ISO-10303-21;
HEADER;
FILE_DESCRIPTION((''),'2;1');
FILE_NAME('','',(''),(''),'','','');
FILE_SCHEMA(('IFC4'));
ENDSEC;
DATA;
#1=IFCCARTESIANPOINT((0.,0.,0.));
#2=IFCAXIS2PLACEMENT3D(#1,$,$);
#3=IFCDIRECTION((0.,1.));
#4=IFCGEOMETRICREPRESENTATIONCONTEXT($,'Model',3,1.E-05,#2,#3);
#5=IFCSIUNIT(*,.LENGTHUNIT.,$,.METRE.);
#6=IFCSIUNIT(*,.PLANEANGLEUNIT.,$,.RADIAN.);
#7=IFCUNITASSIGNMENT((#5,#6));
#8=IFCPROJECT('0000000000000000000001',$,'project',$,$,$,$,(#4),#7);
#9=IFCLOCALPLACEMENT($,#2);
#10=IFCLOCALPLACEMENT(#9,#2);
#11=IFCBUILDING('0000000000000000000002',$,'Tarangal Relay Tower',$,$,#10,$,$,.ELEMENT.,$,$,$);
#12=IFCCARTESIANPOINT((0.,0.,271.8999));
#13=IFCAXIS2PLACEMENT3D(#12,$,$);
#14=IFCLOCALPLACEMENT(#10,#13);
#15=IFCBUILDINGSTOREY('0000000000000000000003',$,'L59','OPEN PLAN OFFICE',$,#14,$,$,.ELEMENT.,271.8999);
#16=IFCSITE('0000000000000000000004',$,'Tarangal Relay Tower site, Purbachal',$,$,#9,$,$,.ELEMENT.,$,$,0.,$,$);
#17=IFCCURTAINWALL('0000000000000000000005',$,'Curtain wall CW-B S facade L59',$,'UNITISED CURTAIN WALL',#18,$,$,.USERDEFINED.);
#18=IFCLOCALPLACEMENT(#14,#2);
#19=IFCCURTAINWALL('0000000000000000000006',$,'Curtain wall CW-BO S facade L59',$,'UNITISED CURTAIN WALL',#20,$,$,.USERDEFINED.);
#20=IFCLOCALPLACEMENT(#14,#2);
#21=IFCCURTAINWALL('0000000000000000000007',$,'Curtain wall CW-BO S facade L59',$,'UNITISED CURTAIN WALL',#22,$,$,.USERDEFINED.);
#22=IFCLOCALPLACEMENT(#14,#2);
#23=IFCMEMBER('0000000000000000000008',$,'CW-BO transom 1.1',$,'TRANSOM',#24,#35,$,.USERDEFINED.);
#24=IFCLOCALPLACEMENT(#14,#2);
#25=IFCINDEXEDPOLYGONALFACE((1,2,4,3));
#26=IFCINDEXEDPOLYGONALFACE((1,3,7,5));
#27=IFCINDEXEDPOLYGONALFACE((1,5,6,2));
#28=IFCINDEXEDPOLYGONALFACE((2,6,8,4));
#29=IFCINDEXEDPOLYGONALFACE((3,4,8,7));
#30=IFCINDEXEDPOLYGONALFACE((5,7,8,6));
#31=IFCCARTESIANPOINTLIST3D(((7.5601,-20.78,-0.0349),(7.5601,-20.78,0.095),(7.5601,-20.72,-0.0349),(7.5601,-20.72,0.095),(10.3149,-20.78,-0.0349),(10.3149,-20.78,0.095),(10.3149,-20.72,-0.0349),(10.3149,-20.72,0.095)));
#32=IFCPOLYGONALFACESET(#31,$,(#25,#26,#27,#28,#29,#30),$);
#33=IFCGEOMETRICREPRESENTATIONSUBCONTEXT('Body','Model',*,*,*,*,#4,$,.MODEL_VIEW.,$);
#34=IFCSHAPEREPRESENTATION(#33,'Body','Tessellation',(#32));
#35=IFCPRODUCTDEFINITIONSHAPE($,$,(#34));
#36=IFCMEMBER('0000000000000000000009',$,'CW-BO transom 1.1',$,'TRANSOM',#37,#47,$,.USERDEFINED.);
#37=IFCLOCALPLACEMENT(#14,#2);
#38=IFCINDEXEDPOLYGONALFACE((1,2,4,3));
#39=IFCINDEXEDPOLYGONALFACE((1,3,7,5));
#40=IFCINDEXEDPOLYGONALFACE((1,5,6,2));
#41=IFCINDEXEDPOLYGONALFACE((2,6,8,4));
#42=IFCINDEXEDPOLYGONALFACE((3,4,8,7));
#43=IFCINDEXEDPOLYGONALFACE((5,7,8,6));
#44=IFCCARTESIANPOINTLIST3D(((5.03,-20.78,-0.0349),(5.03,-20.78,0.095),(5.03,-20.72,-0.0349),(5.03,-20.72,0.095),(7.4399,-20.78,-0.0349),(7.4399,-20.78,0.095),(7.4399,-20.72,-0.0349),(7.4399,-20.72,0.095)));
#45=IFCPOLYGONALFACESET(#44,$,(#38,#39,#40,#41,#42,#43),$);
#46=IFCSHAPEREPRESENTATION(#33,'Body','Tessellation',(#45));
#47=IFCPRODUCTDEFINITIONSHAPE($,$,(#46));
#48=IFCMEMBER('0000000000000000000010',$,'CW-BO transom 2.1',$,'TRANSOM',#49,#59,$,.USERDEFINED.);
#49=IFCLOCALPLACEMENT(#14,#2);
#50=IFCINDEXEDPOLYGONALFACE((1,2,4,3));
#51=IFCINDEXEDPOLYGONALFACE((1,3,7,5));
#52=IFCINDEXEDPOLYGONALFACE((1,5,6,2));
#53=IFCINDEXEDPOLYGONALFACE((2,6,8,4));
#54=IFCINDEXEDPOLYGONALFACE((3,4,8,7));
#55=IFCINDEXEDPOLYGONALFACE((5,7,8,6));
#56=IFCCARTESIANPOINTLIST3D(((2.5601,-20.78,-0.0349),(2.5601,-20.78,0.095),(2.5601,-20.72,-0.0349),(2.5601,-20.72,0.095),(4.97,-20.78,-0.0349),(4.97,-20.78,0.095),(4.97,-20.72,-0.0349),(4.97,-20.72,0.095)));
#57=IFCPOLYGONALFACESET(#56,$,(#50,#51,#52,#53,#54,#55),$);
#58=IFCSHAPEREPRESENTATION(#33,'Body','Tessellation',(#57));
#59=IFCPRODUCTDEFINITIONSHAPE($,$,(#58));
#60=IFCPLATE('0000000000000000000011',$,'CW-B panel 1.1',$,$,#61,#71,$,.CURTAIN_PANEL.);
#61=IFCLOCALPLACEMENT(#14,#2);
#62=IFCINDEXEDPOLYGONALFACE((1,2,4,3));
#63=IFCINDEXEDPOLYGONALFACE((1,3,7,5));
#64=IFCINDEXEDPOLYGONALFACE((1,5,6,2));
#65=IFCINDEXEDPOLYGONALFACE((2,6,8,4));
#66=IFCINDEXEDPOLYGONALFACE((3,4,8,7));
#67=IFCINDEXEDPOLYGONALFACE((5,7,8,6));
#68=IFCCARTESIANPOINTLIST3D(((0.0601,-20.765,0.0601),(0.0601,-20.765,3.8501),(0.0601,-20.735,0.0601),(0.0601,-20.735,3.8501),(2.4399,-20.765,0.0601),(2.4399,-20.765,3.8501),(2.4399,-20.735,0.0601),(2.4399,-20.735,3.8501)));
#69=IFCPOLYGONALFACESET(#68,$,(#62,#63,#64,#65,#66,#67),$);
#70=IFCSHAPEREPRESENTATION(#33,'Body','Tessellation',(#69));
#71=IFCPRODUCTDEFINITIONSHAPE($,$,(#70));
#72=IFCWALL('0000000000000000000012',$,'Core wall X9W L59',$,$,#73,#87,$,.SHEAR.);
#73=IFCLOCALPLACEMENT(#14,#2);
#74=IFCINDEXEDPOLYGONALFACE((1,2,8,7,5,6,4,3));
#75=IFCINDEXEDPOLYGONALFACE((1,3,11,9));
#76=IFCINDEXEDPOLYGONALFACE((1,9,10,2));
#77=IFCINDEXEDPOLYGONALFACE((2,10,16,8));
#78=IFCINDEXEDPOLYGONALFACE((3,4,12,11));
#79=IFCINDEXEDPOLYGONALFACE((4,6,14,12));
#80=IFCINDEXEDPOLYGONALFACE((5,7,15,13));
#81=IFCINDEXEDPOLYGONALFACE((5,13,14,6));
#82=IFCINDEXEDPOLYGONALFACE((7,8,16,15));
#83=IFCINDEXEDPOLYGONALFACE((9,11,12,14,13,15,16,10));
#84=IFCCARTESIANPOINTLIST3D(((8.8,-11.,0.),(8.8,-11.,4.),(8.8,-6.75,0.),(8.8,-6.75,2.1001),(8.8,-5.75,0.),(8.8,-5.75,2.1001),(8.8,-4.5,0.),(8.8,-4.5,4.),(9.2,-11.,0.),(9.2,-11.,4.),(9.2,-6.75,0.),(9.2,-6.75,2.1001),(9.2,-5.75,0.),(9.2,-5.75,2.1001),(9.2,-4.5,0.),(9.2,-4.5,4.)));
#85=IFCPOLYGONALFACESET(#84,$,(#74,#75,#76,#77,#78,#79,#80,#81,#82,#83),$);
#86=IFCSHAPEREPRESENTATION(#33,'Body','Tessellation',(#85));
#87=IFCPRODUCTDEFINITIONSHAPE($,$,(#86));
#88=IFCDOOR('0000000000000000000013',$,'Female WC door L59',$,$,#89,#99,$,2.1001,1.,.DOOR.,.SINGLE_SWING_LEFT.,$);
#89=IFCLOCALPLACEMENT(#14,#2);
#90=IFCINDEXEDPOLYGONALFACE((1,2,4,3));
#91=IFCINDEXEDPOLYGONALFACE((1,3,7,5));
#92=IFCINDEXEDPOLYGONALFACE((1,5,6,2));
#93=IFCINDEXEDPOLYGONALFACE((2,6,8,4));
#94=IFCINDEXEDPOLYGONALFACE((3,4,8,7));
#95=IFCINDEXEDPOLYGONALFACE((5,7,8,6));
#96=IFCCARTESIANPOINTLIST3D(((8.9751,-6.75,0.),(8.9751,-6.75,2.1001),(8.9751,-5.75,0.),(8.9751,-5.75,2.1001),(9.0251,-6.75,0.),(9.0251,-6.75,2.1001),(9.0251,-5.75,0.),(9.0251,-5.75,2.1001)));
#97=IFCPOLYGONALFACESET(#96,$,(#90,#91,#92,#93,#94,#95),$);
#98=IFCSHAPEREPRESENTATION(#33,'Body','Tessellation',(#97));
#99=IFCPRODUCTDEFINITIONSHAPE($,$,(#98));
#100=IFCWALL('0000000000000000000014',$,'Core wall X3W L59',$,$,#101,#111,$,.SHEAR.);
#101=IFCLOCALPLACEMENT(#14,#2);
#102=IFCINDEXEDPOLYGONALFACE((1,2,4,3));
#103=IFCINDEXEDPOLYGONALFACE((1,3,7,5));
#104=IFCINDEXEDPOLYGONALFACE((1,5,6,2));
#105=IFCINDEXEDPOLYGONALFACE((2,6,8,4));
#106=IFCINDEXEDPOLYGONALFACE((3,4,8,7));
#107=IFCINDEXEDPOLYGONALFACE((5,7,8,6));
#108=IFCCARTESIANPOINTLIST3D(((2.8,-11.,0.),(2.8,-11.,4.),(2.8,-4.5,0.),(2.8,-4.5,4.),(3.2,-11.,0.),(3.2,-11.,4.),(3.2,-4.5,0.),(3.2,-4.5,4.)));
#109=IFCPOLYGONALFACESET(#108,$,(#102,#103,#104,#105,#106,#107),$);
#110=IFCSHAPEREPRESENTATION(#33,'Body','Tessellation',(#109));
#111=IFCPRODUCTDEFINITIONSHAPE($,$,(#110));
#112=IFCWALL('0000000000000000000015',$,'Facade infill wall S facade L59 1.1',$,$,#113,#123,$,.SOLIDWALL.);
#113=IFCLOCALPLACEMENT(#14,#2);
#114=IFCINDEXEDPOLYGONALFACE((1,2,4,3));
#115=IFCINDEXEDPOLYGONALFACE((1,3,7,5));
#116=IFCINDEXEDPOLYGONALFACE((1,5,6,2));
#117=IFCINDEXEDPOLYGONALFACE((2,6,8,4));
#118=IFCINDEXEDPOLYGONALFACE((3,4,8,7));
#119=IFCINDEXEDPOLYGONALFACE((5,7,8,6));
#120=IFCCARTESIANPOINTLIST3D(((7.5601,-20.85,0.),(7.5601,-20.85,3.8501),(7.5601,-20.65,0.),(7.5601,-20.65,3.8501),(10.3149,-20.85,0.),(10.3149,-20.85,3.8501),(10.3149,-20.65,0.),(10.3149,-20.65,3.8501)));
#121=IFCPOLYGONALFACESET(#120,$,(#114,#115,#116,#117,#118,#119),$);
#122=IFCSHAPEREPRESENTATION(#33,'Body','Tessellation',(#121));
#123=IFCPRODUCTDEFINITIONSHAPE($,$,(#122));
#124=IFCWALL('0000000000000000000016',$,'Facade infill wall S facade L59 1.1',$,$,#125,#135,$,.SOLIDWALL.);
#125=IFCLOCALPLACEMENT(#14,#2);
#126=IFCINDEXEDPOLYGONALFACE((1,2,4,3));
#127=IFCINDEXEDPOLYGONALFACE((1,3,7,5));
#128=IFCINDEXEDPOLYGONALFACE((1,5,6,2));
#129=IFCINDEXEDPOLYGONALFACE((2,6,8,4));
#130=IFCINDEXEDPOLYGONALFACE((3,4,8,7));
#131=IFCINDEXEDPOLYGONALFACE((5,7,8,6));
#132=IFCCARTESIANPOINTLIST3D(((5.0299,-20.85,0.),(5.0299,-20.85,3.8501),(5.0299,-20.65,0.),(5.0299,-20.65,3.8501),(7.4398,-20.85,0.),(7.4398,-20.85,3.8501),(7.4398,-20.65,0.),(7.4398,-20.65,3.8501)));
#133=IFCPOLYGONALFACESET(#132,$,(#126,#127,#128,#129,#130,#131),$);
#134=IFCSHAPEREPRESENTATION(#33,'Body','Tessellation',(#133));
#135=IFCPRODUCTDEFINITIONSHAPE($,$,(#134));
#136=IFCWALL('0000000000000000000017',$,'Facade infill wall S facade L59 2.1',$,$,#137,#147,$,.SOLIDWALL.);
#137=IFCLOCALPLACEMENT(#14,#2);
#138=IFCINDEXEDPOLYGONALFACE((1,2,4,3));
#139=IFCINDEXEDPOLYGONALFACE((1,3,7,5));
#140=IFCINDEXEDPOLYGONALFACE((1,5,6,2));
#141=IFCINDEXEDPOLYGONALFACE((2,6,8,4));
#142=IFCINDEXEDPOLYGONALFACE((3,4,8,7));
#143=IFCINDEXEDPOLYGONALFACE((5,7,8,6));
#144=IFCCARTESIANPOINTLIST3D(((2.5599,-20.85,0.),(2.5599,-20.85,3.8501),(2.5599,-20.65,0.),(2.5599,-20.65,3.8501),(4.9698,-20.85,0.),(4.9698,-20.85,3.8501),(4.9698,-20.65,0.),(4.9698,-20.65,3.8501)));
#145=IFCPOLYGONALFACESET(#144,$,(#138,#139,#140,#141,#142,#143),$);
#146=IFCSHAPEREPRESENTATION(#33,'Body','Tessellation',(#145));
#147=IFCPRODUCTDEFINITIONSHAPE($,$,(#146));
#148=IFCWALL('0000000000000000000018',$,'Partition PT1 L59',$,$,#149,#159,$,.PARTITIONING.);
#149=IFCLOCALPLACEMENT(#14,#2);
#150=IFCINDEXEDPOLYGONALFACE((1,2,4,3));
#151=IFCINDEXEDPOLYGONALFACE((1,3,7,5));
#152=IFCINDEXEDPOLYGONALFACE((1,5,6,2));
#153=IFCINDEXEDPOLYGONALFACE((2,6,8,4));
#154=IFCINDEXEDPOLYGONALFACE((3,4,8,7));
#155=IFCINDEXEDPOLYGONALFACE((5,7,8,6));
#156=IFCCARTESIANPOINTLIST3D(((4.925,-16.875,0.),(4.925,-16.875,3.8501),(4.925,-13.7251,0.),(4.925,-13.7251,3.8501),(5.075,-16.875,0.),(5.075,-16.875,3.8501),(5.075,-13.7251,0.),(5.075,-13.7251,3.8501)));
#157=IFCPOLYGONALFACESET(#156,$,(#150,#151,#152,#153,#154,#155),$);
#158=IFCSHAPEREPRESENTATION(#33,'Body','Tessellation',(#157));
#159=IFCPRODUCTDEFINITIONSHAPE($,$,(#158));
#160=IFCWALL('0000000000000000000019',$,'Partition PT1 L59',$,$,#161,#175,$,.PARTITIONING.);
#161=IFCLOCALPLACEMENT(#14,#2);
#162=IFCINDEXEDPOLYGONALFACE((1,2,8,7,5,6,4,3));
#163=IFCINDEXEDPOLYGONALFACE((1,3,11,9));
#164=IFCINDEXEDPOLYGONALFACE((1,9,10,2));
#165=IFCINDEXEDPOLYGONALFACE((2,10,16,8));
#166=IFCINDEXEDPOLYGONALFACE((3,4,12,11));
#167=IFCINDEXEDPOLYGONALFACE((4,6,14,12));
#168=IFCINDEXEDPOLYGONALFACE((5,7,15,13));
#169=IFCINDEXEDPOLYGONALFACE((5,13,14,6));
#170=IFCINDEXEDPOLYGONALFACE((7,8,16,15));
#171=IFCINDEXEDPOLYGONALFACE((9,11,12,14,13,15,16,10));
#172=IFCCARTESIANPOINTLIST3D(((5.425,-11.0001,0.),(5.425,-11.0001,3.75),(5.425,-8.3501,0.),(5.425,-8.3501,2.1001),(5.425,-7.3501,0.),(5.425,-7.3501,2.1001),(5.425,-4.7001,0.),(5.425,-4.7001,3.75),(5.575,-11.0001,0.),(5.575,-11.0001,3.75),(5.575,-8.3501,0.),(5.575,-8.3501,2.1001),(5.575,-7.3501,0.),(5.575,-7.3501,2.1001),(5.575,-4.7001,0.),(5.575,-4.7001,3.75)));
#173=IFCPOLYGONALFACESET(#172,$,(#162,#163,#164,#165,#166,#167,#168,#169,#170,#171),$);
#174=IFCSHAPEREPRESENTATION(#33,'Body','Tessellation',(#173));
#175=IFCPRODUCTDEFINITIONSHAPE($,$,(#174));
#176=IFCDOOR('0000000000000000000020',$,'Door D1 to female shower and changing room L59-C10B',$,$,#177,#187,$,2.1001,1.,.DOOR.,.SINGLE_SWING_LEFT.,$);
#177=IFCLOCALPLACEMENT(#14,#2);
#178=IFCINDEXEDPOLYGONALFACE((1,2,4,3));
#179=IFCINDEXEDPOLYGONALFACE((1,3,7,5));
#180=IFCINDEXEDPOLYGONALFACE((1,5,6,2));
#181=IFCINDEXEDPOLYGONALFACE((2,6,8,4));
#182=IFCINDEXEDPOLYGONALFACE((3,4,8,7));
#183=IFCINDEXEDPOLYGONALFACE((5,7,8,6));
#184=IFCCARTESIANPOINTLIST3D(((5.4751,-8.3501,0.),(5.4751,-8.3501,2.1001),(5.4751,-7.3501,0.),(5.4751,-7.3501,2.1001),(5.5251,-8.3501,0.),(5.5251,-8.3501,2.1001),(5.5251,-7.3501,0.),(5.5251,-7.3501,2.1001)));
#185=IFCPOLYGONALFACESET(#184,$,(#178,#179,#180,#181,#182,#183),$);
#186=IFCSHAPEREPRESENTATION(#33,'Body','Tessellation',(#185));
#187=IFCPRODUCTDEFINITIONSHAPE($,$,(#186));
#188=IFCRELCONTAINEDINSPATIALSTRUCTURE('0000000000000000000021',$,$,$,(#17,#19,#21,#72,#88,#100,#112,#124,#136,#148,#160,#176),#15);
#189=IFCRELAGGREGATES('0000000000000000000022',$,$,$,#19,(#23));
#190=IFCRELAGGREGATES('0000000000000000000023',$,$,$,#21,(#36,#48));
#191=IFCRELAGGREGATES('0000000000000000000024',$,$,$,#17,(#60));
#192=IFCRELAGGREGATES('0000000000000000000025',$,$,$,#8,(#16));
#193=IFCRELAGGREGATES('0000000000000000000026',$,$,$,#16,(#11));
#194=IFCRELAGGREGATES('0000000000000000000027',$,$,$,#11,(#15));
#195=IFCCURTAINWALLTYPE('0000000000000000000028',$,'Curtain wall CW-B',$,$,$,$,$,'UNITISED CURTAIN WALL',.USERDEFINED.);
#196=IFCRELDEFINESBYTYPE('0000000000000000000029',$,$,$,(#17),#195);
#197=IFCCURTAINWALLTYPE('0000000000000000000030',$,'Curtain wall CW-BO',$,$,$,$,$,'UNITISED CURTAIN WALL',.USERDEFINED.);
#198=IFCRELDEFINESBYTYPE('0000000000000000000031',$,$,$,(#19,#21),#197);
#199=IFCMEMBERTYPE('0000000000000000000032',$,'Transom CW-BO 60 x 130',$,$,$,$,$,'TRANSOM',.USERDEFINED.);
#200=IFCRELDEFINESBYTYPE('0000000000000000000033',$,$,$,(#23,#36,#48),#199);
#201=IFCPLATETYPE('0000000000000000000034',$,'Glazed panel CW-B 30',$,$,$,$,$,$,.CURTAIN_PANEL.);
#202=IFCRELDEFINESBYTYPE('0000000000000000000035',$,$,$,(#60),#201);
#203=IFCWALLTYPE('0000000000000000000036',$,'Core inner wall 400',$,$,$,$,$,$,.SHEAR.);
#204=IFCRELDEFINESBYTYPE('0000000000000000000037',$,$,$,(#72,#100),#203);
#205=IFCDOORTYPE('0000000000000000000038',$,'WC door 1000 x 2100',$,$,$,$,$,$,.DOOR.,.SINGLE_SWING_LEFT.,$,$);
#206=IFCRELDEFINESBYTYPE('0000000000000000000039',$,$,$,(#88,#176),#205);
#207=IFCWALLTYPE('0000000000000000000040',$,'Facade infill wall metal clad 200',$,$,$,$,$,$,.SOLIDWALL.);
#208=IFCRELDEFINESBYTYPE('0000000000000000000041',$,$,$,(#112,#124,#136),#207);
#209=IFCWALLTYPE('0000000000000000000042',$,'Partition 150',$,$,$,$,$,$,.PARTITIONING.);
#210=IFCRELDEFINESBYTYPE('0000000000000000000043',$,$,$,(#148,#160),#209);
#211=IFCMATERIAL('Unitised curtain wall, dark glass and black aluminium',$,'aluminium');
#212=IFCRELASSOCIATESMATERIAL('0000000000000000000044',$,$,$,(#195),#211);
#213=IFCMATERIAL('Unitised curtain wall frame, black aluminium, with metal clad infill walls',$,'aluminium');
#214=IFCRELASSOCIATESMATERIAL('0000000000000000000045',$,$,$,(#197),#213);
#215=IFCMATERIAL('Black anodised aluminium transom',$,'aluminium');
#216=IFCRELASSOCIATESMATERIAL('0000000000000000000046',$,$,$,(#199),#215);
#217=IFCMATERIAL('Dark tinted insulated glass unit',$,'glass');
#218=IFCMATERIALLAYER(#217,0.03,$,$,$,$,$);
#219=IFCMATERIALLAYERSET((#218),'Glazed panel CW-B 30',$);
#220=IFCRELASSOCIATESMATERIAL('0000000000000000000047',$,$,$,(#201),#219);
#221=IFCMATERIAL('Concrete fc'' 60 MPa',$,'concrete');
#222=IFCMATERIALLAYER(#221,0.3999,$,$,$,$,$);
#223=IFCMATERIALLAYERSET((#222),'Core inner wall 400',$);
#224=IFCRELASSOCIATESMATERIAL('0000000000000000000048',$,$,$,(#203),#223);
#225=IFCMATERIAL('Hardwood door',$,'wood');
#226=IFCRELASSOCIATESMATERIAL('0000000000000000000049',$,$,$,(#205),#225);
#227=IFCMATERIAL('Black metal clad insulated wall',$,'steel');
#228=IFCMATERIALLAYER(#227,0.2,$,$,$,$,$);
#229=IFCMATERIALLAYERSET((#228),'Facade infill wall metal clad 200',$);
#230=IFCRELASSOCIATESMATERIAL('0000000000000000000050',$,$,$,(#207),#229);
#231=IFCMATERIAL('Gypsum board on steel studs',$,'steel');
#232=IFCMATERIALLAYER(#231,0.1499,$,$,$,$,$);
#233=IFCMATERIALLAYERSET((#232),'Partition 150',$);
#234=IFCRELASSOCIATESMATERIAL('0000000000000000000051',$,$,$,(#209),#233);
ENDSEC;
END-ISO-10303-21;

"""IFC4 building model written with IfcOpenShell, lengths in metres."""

from ifc_helpers import new_model, si_unit, direction, frame, frame_2d, origin, origin_2d, place, context, subcontext, project, spatial, rectangle, extrude, material, layer, layer_set, material_profile, profile_set, type_object, element, fill, aggregate, save


model = new_model("IFC4")

# Units and contexts
model_context = context("Model", 3, precision=1e-05, world=origin(), true_north=direction((0.0, 1.0)))
body_context = subcontext(model_context, "Body", "Model", "MODEL_VIEW")
ifc_project = project(units=[si_unit("LENGTHUNIT", "METRE"), si_unit("PLANEANGLEUNIT", "RADIAN")], contexts=[model_context])

# Site, building, storey
site_placement = place(None, origin())
site = spatial("IfcSite", under=ifc_project, at=site_placement, Name="Tarangal Relay Tower site, Purbachal", CompositionType="ELEMENT", RefElevation=0.0)
building_placement = place(site_placement, origin())
building = spatial("IfcBuilding", under=site, at=building_placement, Name="Tarangal Relay Tower", CompositionType="ELEMENT")
storey_placement = place(building_placement, frame((0.0, 0.0, 271.8999)))
storey = spatial("IfcBuildingStorey", under=building, at=storey_placement, Name="L59", Description="OPEN PLAN OFFICE", CompositionType="ELEMENT", Elevation=271.8999)

# Curtain wall
ifc_material_1 = material(Name="Unitised curtain wall, dark glass and black aluminium", Category="aluminium")
curtain_wall_type_1 = type_object("IfcCurtainWallType", Name="Curtain wall CW-B", ElementType="UNITISED CURTAIN WALL", PredefinedType="USERDEFINED", material=ifc_material_1)
curtain_wall_1_placement = place(storey_placement, origin())
curtain_wall_1 = element("IfcCurtainWall", 1, at=curtain_wall_1_placement, inside=storey, type_object=curtain_wall_type_1, Name="Curtain wall CW-B S facade L59", ObjectType="UNITISED CURTAIN WALL", PredefinedType="USERDEFINED")

# Curtain wall
ifc_material_2 = material(Name="Unitised curtain wall frame, black aluminium, with metal clad infill walls", Category="aluminium")
curtain_wall_type_2 = type_object("IfcCurtainWallType", Name="Curtain wall CW-BO", ElementType="UNITISED CURTAIN WALL", PredefinedType="USERDEFINED", material=ifc_material_2)
curtain_wall_2_placement = place(storey_placement, origin())
curtain_wall_2 = element("IfcCurtainWall", 2, at=curtain_wall_2_placement, inside=storey, type_object=curtain_wall_type_2, Name="Curtain wall CW-BO S facade L59", ObjectType="UNITISED CURTAIN WALL", PredefinedType="USERDEFINED")

# Curtain wall
curtain_wall_3_placement = place(storey_placement, origin())
curtain_wall_3 = element("IfcCurtainWall", 3, at=curtain_wall_3_placement, inside=storey, type_object=curtain_wall_type_2, Name="Curtain wall CW-BO S facade L59", ObjectType="UNITISED CURTAIN WALL", PredefinedType="USERDEFINED")

# Members
ifc_material_3 = material(Name="Black anodised aluminium transom", Category="aluminium")
ifc_material_profile_1 = material_profile(ifc_material_3, rectangle(XDim=0.0601, YDim=0.1299, at=origin_2d()), Name="CW-BOT 60X130")
ifc_profile_set_1 = profile_set([ifc_material_profile_1], Name="Black anodised aluminium transom")
member_type_1 = type_object("IfcMemberType", Name="Transom CW-BO 60 x 130", ElementType="TRANSOM", PredefinedType="USERDEFINED", material=ifc_profile_set_1)
member_1_placement = place(storey_placement, frame((10.3149, -20.75, 0.03), z_axis=(-1.0, 0.0, 0.0), x_axis=(0.0, -1.0, 0.0)))
member_1 = element("IfcMember", 4, at=member_1_placement, type_object=member_type_1, Name="CW-BO transom 1.1", ObjectType="TRANSOM", PredefinedType="USERDEFINED", context=body_context, shape_type="SweptSolid", body=[
    extrude(rectangle(XDim=0.0601, YDim=0.1299, at=origin_2d()), origin(), (0.0, 0.0, 1.0), 2.7549),
])
aggregate(curtain_wall_2, [member_1])
member_2_placement = place(storey_placement, frame((7.4399, -20.75, 0.03), z_axis=(-1.0, 0.0, 0.0), x_axis=(0.0, -1.0, 0.0)))
member_2 = element("IfcMember", 5, at=member_2_placement, type_object=member_type_1, Name="CW-BO transom 1.1", ObjectType="TRANSOM", PredefinedType="USERDEFINED", context=body_context, shape_type="SweptSolid", body=[
    extrude(rectangle(XDim=0.0601, YDim=0.1299, at=origin_2d()), origin(), (0.0, 0.0, 1.0), 2.4099),
])
member_3_placement = place(storey_placement, frame((4.97, -20.75, 0.03), z_axis=(-1.0, 0.0, 0.0), x_axis=(0.0, -1.0, 0.0)))
member_3 = element("IfcMember", 6, at=member_3_placement, type_object=member_type_1, Name="CW-BO transom 2.1", ObjectType="TRANSOM", PredefinedType="USERDEFINED", context=body_context, shape_type="SweptSolid", body=[
    extrude(rectangle(XDim=0.0601, YDim=0.1299, at=origin_2d()), origin(), (0.0, 0.0, 1.0), 2.4099),
])
aggregate(curtain_wall_3, [member_2, member_3])

# Plate
ifc_material_4 = material(Name="Dark tinted insulated glass unit", Category="glass")
ifc_layer_1 = layer(ifc_material_4, 0.03)
ifc_layer_set_1 = layer_set([ifc_layer_1], Name="Glazed panel CW-B 30")
plate_type = type_object("IfcPlateType", Name="Glazed panel CW-B 30", PredefinedType="CURTAIN_PANEL", material=ifc_layer_set_1)
plate_placement = place(storey_placement, frame((1.25, -20.75, 0.0601), z_axis=(0.0, 0.0, 1.0), x_axis=(-1.0, 0.0, 0.0)))
plate = element("IfcPlate", 7, at=plate_placement, type_object=plate_type, Name="CW-B panel 1.1", PredefinedType="CURTAIN_PANEL", context=body_context, shape_type="SweptSolid", body=[
    extrude(rectangle(XDim=2.3799, YDim=0.03, at=origin_2d()), origin(), (0.0, 0.0, 1.0), 3.79),
])
aggregate(curtain_wall_1, [plate])

# Wall, opening, door
ifc_material_5 = material(Name="Concrete fc' 60 MPa", Category="concrete")
ifc_layer_2 = layer(ifc_material_5, 0.3999)
ifc_layer_set_2 = layer_set([ifc_layer_2], Name="Core inner wall 400")
wall_type_1 = type_object("IfcWallType", Name="Core inner wall 400", PredefinedType="SHEAR", material=ifc_layer_set_2)
wall_1_placement = place(storey_placement, frame((9.0, -11.0, 0.0), z_axis=(0.0, 0.0, 1.0), x_axis=(0.0, 1.0, 0.0)))
wall_1 = element("IfcWall", 8, at=wall_1_placement, inside=storey, type_object=wall_type_1, Name="Core wall X9W L59", PredefinedType="SHEAR", context=body_context, shape_type="SweptSolid", body=[
    extrude(rectangle(XDim=6.5, YDim=0.3999, at=frame_2d((3.25, 0.0))), origin(), (0.0, 0.0, 1.0), 4.0),
])
opening_1_placement = place(wall_1_placement, frame((4.25, 0.0, 0.0)))
opening_1 = element("IfcOpeningElement", 9, at=opening_1_placement, cuts=wall_1, PredefinedType="OPENING", context=body_context, shape_type="SweptSolid", body=[
    extrude(rectangle(XDim=1.0, YDim=2.1001, at=frame_2d((0.5, 1.05))), frame((0.0, 0.21, 0.0), z_axis=(0.0, -1.0, 0.0), x_axis=(1.0, 0.0, 0.0)), (0.0, 0.0, 1.0), 0.4199),
])
ifc_material_6 = material(Name="Hardwood door", Category="wood")
door_type = type_object("IfcDoorType", Name="WC door 1000 x 2100", OperationType="SINGLE_SWING_LEFT", PredefinedType="DOOR", material=ifc_material_6)
door_1_placement = place(opening_1_placement, origin())
door_1 = element("IfcDoor", 10, at=door_1_placement, inside=storey, type_object=door_type, Name="Female WC door L59", OperationType="SINGLE_SWING_LEFT", OverallHeight=2.1001, OverallWidth=1.0, PredefinedType="DOOR", context=body_context, shape_type="SweptSolid", body=[
    extrude(rectangle(XDim=1.0, YDim=2.1001, at=frame_2d((0.5, 1.05))), frame((0.0, 0.0249, 0.0), z_axis=(0.0, -1.0, 0.0), x_axis=(1.0, 0.0, 0.0)), (0.0, 0.0, 1.0), 0.05),
])
fill(opening_1, door_1)

# Walls
wall_2_placement = place(storey_placement, frame((3.0, -11.0, 0.0), z_axis=(0.0, 0.0, 1.0), x_axis=(0.0, 1.0, 0.0)))
element("IfcWall", 11, at=wall_2_placement, inside=storey, type_object=wall_type_1, Name="Core wall X3W L59", PredefinedType="SHEAR", context=body_context, shape_type="SweptSolid", body=[
    extrude(rectangle(XDim=6.5, YDim=0.3999, at=frame_2d((3.25, 0.0))), origin(), (0.0, 0.0, 1.0), 4.0),
])
ifc_material_7 = material(Name="Black metal clad insulated wall", Category="steel")
ifc_layer_3 = layer(ifc_material_7, 0.2)
ifc_layer_set_3 = layer_set([ifc_layer_3], Name="Facade infill wall metal clad 200")
wall_type_2 = type_object("IfcWallType", Name="Facade infill wall metal clad 200", PredefinedType="SOLIDWALL", material=ifc_layer_set_3)
wall_3_placement = place(storey_placement, frame((10.3149, -20.75, 0.0), z_axis=(0.0, 0.0, 1.0), x_axis=(-1.0, 0.0, 0.0)))
element("IfcWall", 12, at=wall_3_placement, inside=storey, type_object=wall_type_2, Name="Facade infill wall S facade L59 1.1", PredefinedType="SOLIDWALL", context=body_context, shape_type="SweptSolid", body=[
    extrude(rectangle(XDim=2.7549, YDim=0.2, at=frame_2d((1.3774, 0.0))), origin(), (0.0, 0.0, 1.0), 3.8501),
])
for number, where, z_axis, x_axis, name in (
    (13, (7.4399, -20.75, 0.0), (0.0, 0.0, 1.0), (-1.0, 0.0, 0.0), "Facade infill wall S facade L59 1.1"),
    (14, (4.97, -20.75, 0.0), (0.0, 0.0, 1.0), (-1.0, 0.0, 0.0), "Facade infill wall S facade L59 2.1"),
):
    element("IfcWall", number, at=place(storey_placement, frame(where, z_axis=z_axis, x_axis=x_axis)), inside=storey, type_object=wall_type_2, Name=name, PredefinedType="SOLIDWALL", context=body_context, shape_type="SweptSolid", body=[
        extrude(rectangle(XDim=2.4099, YDim=0.2, at=frame_2d((1.2051, 0.0))), origin(), (0.0, 0.0, 1.0), 3.8501),
    ])
ifc_material_8 = material(Name="Gypsum board on steel studs", Category="steel")
ifc_layer_4 = layer(ifc_material_8, 0.1499)
ifc_layer_set_4 = layer_set([ifc_layer_4], Name="Partition 150")
wall_type_3 = type_object("IfcWallType", Name="Partition 150", PredefinedType="PARTITIONING", material=ifc_layer_set_4)
wall_4_placement = place(storey_placement, frame((5.0, -16.875, 0.0), z_axis=(0.0, 0.0, 1.0), x_axis=(0.0, 1.0, 0.0)))
element("IfcWall", 15, at=wall_4_placement, inside=storey, type_object=wall_type_3, Name="Partition PT1 L59", PredefinedType="PARTITIONING", context=body_context, shape_type="SweptSolid", body=[
    extrude(rectangle(XDim=3.1499, YDim=0.1499, at=frame_2d((1.575, 0.0))), origin(), (0.0, 0.0, 1.0), 3.8501),
])

# Wall, opening, door
wall_5_placement = place(storey_placement, frame((5.5, -11.0, 0.0), z_axis=(0.0, 0.0, 1.0), x_axis=(0.0, 1.0, 0.0)))
wall_5 = element("IfcWall", 16, at=wall_5_placement, inside=storey, type_object=wall_type_3, Name="Partition PT1 L59", PredefinedType="PARTITIONING", context=body_context, shape_type="SweptSolid", body=[
    extrude(rectangle(XDim=6.3, YDim=0.1499, at=frame_2d((3.1499, 0.0))), origin(), (0.0, 0.0, 1.0), 3.75),
])
opening_2_placement = place(wall_5_placement, frame((2.6499, 0.0, 0.0)))
opening_2 = element("IfcOpeningElement", 17, at=opening_2_placement, cuts=wall_5, PredefinedType="OPENING", context=body_context, shape_type="SweptSolid", body=[
    extrude(rectangle(XDim=1.0, YDim=2.1001, at=frame_2d((0.5, 1.05))), frame((0.0, 0.085, 0.0), z_axis=(0.0, -1.0, 0.0), x_axis=(1.0, 0.0, 0.0)), (0.0, 0.0, 1.0), 0.1699),
])
door_2_placement = place(opening_2_placement, origin())
door_2 = element("IfcDoor", 18, at=door_2_placement, inside=storey, type_object=door_type, Name="Door D1 to female shower and changing room L59-C10B", OperationType="SINGLE_SWING_LEFT", OverallHeight=2.1001, OverallWidth=1.0, PredefinedType="DOOR", context=body_context, shape_type="SweptSolid", body=[
    extrude(rectangle(XDim=1.0, YDim=2.1001, at=frame_2d((0.5, 1.05))), frame((0.0, 0.0249, 0.0), z_axis=(0.0, -1.0, 0.0), x_axis=(1.0, 0.0, 0.0)), (0.0, 0.0, 1.0), 0.05),
])
fill(opening_2, door_2)

save(model, "model.ifc")
